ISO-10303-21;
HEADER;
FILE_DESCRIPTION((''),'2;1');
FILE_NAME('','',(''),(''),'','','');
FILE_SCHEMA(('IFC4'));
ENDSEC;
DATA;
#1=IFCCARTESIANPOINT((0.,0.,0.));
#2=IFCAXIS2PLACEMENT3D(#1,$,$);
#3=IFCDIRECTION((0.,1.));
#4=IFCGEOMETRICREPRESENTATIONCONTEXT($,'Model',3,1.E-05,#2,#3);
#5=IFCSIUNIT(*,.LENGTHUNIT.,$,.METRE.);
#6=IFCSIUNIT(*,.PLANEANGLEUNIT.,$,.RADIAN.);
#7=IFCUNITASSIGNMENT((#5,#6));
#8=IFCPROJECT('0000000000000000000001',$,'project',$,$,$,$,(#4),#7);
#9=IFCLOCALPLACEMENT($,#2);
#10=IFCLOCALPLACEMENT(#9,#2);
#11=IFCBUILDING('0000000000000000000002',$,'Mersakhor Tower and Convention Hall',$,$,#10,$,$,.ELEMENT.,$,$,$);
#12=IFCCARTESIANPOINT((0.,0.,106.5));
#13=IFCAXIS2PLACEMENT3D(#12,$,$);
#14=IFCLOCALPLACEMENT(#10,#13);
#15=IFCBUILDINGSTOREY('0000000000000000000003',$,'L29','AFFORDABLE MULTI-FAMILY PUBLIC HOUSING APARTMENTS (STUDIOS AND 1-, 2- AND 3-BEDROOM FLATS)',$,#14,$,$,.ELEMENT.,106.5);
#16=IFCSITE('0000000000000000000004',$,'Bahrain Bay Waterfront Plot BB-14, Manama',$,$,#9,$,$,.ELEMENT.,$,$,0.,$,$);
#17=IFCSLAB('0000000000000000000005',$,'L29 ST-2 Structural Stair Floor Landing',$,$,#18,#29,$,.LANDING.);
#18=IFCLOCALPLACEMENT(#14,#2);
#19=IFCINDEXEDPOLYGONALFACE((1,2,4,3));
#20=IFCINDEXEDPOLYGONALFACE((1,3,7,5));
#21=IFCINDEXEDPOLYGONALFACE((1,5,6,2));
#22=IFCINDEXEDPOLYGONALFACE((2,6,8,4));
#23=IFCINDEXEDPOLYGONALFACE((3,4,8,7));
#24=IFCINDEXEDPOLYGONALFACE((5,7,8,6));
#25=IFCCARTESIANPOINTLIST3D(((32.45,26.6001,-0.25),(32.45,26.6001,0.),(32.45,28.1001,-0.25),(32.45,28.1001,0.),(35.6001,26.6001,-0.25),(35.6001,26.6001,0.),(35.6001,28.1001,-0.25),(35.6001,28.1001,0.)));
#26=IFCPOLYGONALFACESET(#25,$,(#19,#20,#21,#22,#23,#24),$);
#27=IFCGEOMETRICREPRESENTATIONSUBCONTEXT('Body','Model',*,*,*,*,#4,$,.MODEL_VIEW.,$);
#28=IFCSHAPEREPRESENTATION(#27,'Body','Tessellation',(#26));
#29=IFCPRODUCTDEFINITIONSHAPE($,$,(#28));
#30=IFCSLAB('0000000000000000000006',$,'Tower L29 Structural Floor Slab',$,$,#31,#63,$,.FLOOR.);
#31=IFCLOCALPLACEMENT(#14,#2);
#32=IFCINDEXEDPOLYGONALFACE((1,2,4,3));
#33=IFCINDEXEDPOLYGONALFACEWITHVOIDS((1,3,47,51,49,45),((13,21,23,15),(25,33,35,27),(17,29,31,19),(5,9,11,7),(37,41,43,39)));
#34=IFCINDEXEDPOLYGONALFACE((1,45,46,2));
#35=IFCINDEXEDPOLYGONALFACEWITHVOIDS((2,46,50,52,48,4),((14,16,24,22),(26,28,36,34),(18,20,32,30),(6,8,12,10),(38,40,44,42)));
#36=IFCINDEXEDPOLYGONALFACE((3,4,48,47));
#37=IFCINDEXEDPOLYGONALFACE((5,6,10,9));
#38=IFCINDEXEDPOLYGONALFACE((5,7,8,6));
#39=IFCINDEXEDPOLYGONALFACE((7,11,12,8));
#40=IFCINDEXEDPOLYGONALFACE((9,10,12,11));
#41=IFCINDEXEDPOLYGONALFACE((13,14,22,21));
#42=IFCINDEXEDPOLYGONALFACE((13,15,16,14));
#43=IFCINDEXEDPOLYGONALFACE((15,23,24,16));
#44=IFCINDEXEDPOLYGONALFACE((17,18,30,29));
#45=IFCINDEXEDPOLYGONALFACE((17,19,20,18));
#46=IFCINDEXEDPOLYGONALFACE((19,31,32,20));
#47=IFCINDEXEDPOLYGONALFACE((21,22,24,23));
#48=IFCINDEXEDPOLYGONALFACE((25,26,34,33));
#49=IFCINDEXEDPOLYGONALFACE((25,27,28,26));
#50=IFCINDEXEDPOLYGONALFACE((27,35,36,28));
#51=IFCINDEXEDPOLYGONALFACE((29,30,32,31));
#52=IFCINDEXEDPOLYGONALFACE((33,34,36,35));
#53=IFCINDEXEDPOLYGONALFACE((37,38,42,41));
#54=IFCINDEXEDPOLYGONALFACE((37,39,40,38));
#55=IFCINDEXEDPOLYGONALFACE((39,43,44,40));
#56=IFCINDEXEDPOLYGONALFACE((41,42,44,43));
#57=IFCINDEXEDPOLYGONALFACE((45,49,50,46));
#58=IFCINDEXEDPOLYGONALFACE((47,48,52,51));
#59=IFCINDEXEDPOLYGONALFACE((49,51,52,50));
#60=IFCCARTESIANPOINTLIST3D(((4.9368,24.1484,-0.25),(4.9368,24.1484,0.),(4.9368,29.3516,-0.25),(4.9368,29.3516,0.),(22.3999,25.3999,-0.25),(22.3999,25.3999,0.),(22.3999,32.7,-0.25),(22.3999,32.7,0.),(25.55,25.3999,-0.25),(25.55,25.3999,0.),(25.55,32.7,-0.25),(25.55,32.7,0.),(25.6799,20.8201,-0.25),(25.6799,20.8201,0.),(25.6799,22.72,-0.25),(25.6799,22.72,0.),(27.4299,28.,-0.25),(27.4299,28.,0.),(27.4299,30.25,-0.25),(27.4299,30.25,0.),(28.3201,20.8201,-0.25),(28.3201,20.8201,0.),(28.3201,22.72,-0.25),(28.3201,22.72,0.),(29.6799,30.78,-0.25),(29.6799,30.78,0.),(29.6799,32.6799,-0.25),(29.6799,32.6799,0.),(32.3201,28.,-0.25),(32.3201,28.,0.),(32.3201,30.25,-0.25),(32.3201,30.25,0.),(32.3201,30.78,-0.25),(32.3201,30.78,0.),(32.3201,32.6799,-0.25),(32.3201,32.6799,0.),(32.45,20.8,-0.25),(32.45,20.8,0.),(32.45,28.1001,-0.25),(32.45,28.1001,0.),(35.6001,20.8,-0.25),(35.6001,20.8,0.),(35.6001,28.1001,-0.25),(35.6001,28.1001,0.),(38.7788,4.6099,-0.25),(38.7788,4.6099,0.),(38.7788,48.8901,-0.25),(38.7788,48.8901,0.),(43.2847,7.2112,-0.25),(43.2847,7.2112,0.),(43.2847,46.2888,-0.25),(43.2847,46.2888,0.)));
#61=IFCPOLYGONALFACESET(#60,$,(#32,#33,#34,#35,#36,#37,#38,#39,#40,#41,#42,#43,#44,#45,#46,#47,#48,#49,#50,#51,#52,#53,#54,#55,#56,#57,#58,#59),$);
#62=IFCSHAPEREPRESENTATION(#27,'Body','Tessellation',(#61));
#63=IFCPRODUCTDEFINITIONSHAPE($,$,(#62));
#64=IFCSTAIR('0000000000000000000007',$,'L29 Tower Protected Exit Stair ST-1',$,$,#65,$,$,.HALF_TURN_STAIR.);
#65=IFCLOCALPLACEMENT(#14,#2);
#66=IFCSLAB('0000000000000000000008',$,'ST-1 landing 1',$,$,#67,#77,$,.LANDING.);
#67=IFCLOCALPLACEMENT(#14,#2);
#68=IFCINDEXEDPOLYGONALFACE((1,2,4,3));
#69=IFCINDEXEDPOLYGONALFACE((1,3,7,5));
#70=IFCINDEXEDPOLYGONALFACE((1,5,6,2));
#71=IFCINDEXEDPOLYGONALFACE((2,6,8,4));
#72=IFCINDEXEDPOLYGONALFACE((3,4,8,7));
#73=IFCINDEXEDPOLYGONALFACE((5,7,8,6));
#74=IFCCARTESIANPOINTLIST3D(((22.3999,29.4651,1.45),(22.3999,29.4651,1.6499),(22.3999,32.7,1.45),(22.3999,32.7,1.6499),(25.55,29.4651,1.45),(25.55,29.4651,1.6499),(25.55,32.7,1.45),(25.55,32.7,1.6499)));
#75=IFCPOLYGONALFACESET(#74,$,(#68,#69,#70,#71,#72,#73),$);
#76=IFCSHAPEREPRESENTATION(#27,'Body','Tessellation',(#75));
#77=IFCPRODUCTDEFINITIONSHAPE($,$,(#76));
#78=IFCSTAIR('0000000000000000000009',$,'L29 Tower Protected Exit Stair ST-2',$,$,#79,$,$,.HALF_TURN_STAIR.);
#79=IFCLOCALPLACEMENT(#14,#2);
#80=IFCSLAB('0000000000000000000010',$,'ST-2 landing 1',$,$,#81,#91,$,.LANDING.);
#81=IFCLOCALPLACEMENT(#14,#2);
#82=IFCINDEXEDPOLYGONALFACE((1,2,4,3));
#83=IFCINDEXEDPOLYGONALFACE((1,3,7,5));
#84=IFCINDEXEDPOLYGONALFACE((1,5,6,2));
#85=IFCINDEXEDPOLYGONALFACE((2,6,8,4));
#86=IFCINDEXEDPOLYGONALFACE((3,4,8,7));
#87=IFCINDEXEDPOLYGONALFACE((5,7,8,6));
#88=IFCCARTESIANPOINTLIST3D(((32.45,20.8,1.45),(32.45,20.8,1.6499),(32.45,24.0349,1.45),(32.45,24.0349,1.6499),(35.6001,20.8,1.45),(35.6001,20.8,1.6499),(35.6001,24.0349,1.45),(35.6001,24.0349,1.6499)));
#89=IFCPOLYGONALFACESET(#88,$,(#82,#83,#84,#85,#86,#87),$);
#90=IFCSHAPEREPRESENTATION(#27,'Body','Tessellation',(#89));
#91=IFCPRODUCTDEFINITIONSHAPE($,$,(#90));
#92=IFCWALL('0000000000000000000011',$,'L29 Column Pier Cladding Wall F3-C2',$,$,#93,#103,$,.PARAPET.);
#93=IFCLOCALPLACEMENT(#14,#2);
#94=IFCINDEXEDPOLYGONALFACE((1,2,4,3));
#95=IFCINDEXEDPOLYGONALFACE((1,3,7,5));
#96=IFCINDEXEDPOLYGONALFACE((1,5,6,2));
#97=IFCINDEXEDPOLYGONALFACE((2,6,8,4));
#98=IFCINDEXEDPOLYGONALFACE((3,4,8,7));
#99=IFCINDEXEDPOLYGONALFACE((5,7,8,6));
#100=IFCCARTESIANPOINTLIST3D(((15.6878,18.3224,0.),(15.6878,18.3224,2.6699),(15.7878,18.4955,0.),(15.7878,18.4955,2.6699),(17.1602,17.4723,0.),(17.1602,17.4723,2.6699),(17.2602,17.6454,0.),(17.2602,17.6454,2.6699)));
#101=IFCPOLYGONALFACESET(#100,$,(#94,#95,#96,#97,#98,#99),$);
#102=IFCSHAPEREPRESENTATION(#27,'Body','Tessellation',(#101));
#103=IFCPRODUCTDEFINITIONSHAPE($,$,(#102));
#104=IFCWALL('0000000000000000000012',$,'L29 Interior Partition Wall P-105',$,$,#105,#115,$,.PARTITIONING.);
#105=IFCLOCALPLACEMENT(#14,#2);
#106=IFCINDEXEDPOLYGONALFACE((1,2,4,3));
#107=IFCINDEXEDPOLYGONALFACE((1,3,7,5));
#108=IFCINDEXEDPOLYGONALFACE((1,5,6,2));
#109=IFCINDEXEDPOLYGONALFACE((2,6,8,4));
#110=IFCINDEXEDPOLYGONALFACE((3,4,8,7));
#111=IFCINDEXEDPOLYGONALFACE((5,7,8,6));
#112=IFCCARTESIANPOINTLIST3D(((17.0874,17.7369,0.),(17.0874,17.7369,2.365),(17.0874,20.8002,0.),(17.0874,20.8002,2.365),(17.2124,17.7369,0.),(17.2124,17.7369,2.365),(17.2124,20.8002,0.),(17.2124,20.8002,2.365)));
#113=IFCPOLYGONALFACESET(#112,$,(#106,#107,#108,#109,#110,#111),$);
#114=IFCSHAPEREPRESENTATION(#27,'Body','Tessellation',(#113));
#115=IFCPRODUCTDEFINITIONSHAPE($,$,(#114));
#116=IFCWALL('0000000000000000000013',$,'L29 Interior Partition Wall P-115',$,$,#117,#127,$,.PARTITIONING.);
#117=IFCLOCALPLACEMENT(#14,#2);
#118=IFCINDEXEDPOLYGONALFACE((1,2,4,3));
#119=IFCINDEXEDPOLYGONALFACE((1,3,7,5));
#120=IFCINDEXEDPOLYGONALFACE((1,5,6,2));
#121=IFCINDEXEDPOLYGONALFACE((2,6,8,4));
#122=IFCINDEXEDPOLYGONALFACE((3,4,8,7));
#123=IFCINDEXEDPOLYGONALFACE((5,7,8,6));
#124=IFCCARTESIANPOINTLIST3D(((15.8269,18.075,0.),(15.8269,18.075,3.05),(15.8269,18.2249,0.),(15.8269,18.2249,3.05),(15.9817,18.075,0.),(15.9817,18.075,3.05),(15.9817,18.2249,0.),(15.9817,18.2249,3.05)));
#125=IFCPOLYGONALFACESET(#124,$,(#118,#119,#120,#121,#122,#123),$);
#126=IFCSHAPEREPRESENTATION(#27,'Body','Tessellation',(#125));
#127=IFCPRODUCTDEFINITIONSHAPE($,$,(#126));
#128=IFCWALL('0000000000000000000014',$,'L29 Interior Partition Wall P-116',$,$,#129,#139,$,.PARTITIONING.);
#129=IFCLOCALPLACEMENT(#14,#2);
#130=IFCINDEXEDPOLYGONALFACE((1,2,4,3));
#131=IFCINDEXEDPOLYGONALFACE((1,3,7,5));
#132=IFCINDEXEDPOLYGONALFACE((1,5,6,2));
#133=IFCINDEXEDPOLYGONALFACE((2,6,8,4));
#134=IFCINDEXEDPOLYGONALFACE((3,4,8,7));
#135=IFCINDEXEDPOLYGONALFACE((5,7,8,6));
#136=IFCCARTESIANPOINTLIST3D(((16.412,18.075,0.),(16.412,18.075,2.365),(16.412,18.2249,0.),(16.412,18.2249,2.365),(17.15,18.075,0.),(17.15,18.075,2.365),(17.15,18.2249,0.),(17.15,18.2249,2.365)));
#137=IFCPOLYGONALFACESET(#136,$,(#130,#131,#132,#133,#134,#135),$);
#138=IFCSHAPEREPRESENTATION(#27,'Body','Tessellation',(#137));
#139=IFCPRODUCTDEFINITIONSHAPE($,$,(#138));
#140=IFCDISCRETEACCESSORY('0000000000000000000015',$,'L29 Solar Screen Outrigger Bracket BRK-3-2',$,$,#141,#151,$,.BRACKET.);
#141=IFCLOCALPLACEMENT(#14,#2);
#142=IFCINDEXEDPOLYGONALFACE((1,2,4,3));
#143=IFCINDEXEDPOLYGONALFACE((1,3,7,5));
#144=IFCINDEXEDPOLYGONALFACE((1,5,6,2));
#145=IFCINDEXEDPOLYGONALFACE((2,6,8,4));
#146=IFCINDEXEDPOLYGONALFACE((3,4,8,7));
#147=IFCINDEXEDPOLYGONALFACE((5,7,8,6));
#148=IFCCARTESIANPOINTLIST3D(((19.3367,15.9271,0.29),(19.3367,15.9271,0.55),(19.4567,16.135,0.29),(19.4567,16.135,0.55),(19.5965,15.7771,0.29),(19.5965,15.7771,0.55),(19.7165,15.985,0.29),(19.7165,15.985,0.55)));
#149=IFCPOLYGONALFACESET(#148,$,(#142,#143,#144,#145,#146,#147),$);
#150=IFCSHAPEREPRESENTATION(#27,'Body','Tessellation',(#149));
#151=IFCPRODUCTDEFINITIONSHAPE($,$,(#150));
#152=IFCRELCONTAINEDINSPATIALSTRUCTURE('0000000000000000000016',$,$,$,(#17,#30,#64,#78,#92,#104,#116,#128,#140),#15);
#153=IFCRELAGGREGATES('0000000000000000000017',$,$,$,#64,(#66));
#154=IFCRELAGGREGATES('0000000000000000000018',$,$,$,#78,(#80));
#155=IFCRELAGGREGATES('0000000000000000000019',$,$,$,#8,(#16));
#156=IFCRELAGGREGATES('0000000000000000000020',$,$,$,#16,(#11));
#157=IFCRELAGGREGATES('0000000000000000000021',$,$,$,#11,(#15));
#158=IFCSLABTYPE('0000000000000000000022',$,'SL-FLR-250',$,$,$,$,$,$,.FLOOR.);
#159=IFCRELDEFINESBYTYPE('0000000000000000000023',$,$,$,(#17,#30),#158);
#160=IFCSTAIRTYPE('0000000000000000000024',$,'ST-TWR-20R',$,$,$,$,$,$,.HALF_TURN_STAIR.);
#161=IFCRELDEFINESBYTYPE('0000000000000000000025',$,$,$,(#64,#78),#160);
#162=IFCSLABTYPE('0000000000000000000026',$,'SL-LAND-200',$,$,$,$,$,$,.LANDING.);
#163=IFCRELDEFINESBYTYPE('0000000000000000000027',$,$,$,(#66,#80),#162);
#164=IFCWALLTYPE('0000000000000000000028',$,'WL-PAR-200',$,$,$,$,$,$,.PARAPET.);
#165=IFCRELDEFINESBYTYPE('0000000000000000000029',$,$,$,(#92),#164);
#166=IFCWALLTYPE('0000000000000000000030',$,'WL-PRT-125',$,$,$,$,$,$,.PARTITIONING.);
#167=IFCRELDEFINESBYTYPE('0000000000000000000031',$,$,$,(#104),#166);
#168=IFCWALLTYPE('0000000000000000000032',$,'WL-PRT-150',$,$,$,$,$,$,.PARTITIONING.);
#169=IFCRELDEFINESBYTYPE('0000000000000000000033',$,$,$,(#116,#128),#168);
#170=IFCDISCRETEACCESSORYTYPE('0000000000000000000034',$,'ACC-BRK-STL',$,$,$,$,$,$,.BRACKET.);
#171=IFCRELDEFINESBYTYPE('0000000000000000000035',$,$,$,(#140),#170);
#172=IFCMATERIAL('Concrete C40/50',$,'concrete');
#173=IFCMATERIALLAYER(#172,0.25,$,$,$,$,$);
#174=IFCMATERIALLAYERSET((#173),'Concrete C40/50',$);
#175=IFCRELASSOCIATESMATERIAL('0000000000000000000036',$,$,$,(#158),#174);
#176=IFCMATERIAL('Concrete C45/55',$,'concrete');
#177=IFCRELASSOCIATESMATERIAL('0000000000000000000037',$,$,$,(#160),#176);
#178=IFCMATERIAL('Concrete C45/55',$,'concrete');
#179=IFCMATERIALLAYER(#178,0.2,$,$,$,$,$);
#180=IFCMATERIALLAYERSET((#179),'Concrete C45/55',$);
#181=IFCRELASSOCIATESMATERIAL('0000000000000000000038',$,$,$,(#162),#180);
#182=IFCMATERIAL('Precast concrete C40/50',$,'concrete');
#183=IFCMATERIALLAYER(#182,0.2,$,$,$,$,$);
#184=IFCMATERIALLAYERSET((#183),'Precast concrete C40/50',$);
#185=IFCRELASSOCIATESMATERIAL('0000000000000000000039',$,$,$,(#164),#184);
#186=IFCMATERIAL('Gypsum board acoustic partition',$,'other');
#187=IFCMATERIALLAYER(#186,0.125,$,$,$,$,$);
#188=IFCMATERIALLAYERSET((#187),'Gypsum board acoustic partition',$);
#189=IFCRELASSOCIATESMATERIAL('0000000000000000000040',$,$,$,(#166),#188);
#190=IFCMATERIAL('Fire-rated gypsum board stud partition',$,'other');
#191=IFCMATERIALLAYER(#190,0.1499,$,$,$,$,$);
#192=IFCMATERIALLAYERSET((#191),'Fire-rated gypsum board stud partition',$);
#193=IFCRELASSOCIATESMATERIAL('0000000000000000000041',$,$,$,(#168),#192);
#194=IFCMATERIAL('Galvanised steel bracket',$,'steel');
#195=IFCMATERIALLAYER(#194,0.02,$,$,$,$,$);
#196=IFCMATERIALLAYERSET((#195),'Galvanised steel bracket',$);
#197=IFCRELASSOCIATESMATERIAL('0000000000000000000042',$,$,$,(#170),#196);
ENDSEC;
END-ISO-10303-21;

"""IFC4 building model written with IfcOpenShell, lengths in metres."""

from ifc_helpers import new_model, si_unit, direction, frame, frame_2d, origin, origin_2d, place, context, subcontext, project, spatial, polyline, rectangle, outline, extrude, material, layer, layer_set, type_object, element, aggregate, save


model = new_model("IFC4")

# Units and contexts
model_context = context("Model", 3, precision=1e-05, world=origin(), true_north=direction((0.0, 1.0)))
body_context = subcontext(model_context, "Body", "Model", "MODEL_VIEW")
ifc_project = project(units=[si_unit("LENGTHUNIT", "METRE"), si_unit("PLANEANGLEUNIT", "RADIAN")], contexts=[model_context])

# Site, building, storey
site_placement = place(None, origin())
site = spatial("IfcSite", under=ifc_project, at=site_placement, Name="Bahrain Bay Waterfront Plot BB-14, Manama", CompositionType="ELEMENT", RefElevation=0.0)
building_placement = place(site_placement, origin())
building = spatial("IfcBuilding", under=site, at=building_placement, Name="Mersakhor Tower and Convention Hall", CompositionType="ELEMENT")
storey_placement = place(building_placement, frame((0.0, 0.0, 106.5)))
storey = spatial("IfcBuildingStorey", under=building, at=storey_placement, Name="L29", Description="AFFORDABLE MULTI-FAMILY PUBLIC HOUSING APARTMENTS (STUDIOS AND 1-, 2- AND 3-BEDROOM FLATS)", CompositionType="ELEMENT", Elevation=106.5)

# Slabs
ifc_material_1 = material(Name="Concrete C40/50", Category="concrete")
ifc_layer_1 = layer(ifc_material_1, 0.25)
ifc_layer_set_1 = layer_set([ifc_layer_1], Name="Concrete C40/50")
slab_type_1 = type_object("IfcSlabType", Name="SL-FLR-250", PredefinedType="FLOOR", material=ifc_layer_set_1)
slab_1_placement = place(storey_placement, frame((0.0, 0.0, -0.25)))
element("IfcSlab", 1, at=slab_1_placement, inside=storey, type_object=slab_type_1, Name="L29 ST-2 Structural Stair Floor Landing", PredefinedType="LANDING", context=body_context, shape_type="SweptSolid", body=[
    extrude(outline(polyline([(32.45, 28.1001), (32.45, 26.6001), (35.6001, 26.6001), (35.6001, 28.1001), (32.45, 28.1001)])), origin(), (0.0, 0.0, 1.0), 0.25),
])
slab_2_placement = place(storey_placement, frame((0.0, 0.0, -0.25)))
element("IfcSlab", 2, at=slab_2_placement, inside=storey, type_object=slab_type_1, Name="Tower L29 Structural Floor Slab", PredefinedType="FLOOR", context=body_context, shape_type="SweptSolid", body=[
    extrude(outline(polyline([(4.9368, 29.3516), (38.7788, 48.8901), (43.2847, 46.2888), (43.2847, 7.2112), (38.7788, 4.6099), (4.9368, 24.1484), (4.9368, 29.3516)]), holes=[polyline([(25.55, 25.3999), (25.55, 32.7), (22.3999, 32.7), (22.3999, 25.3999), (25.55, 25.3999)]), polyline([(32.45, 28.1001), (32.45, 20.8), (35.6001, 20.8), (35.6001, 28.1001), (32.45, 28.1001)]), polyline([(25.6799, 20.8201), (25.6799, 22.72), (28.3201, 22.72), (28.3201, 20.8201), (25.6799, 20.8201)]), polyline([(29.6799, 30.78), (29.6799, 32.6799), (32.3201, 32.6799), (32.3201, 30.78), (29.6799, 30.78)]), polyline([(27.4299, 28.0), (27.4299, 30.25), (32.3201, 30.25), (32.3201, 28.0), (27.4299, 28.0)])]), origin(), (0.0, 0.0, 1.0), 0.25),
])

# Stairs, slabs
ifc_material_2 = material(Name="Concrete C45/55", Category="concrete")
stair_type = type_object("IfcStairType", Name="ST-TWR-20R", PredefinedType="HALF_TURN_STAIR", material=ifc_material_2)
stair_1_placement = place(storey_placement, origin())
stair_1 = element("IfcStair", 3, at=stair_1_placement, inside=storey, type_object=stair_type, Name="L29 Tower Protected Exit Stair ST-1", PredefinedType="HALF_TURN_STAIR")
ifc_material_3 = material(Name="Concrete C45/55", Category="concrete")
ifc_layer_2 = layer(ifc_material_3, 0.2)
ifc_layer_set_2 = layer_set([ifc_layer_2], Name="Concrete C45/55")
slab_type_2 = type_object("IfcSlabType", Name="SL-LAND-200", PredefinedType="LANDING", material=ifc_layer_set_2)
slab_3_placement = place(storey_placement, frame((0.0, 0.0, 1.45)))
slab_3 = element("IfcSlab", 4, at=slab_3_placement, type_object=slab_type_2, Name="ST-1 landing 1", PredefinedType="LANDING", context=body_context, shape_type="SweptSolid", body=[
    extrude(outline(polyline([(25.55, 29.4651), (25.55, 32.7), (22.3999, 32.7), (22.3999, 29.4651), (25.55, 29.4651)])), origin(), (0.0, 0.0, 1.0), 0.2),
])
aggregate(stair_1, [slab_3])
stair_2_placement = place(storey_placement, origin())
stair_2 = element("IfcStair", 5, at=stair_2_placement, inside=storey, type_object=stair_type, Name="L29 Tower Protected Exit Stair ST-2", PredefinedType="HALF_TURN_STAIR")
slab_4_placement = place(storey_placement, frame((0.0, 0.0, 1.45)))
slab_4 = element("IfcSlab", 6, at=slab_4_placement, type_object=slab_type_2, Name="ST-2 landing 1", PredefinedType="LANDING", context=body_context, shape_type="SweptSolid", body=[
    extrude(outline(polyline([(32.45, 24.0349), (32.45, 20.8), (35.6001, 20.8), (35.6001, 24.0349), (32.45, 24.0349)])), origin(), (0.0, 0.0, 1.0), 0.2),
])
aggregate(stair_2, [slab_4])

# Walls
ifc_material_4 = material(Name="Precast concrete C40/50", Category="concrete")
ifc_layer_3 = layer(ifc_material_4, 0.2)
ifc_layer_set_3 = layer_set([ifc_layer_3], Name="Precast concrete C40/50")
wall_type_1 = type_object("IfcWallType", Name="WL-PAR-200", PredefinedType="PARAPET", material=ifc_layer_set_3)
wall_1_placement = place(storey_placement, frame((17.2102, 17.5588, 0.0), z_axis=(0.0, 0.0, 1.0), x_axis=(-0.866025, 0.5, 0.0)))
element("IfcWall", 7, at=wall_1_placement, inside=storey, type_object=wall_type_1, Name="L29 Column Pier Cladding Wall F3-C2", PredefinedType="PARAPET", context=body_context, shape_type="SweptSolid", body=[
    extrude(rectangle(XDim=1.7002, YDim=0.2, at=frame_2d((0.8501, 0.0))), origin(), (0.0, 0.0, 1.0), 2.6699),
])
ifc_material_5 = material(Name="Gypsum board acoustic partition", Category="other")
ifc_layer_4 = layer(ifc_material_5, 0.125)
ifc_layer_set_4 = layer_set([ifc_layer_4], Name="Gypsum board acoustic partition")
wall_type_2 = type_object("IfcWallType", Name="WL-PRT-125", PredefinedType="PARTITIONING", material=ifc_layer_set_4)
wall_2_placement = place(storey_placement, frame((17.1499, 17.7368, 0.0), z_axis=(0.0, 0.0, 1.0), x_axis=(0.0, 1.0, 0.0)))
element("IfcWall", 8, at=wall_2_placement, inside=storey, type_object=wall_type_2, Name="L29 Interior Partition Wall P-105", PredefinedType="PARTITIONING", context=body_context, shape_type="SweptSolid", body=[
    extrude(rectangle(XDim=3.0632, YDim=0.125, at=frame_2d((1.5317, 0.0))), origin(), (0.0, 0.0, 1.0), 2.365),
])
ifc_material_6 = material(Name="Fire-rated gypsum board stud partition", Category="other")
ifc_layer_5 = layer(ifc_material_6, 0.1499)
ifc_layer_set_5 = layer_set([ifc_layer_5], Name="Fire-rated gypsum board stud partition")
wall_type_3 = type_object("IfcWallType", Name="WL-PRT-150", PredefinedType="PARTITIONING", material=ifc_layer_set_5)
wall_3_placement = place(storey_placement, frame((15.8269, 18.1499, 0.0), z_axis=(0.0, 0.0, 1.0), x_axis=(1.0, 0.0, 0.0)))
element("IfcWall", 9, at=wall_3_placement, inside=storey, type_object=wall_type_3, Name="L29 Interior Partition Wall P-115", PredefinedType="PARTITIONING", context=body_context, shape_type="SweptSolid", body=[
    extrude(rectangle(XDim=0.1548, YDim=0.1499, at=frame_2d((0.0774, 0.0))), origin(), (0.0, 0.0, 1.0), 3.05),
])
wall_4_placement = place(storey_placement, frame((16.4119, 18.1499, 0.0), z_axis=(0.0, 0.0, 1.0), x_axis=(1.0, 0.0, 0.0)))
element("IfcWall", 10, at=wall_4_placement, inside=storey, type_object=wall_type_3, Name="L29 Interior Partition Wall P-116", PredefinedType="PARTITIONING", context=body_context, shape_type="SweptSolid", body=[
    extrude(rectangle(XDim=0.738, YDim=0.1499, at=frame_2d((0.3691, 0.0))), origin(), (0.0, 0.0, 1.0), 2.365),
])

# Discrete accessory
ifc_material_7 = material(Name="Galvanised steel bracket", Category="steel")
ifc_layer_6 = layer(ifc_material_7, 0.02)
ifc_layer_set_6 = layer_set([ifc_layer_6], Name="Galvanised steel bracket")
discrete_accessory_type = type_object("IfcDiscreteAccessoryType", Name="ACC-BRK-STL", PredefinedType="BRACKET", material=ifc_layer_set_6)
discrete_accessory_placement = place(storey_placement, frame((19.5266, 15.9561, 0.29), z_axis=(0.0, 0.0, 1.0), x_axis=(-0.866025, 0.5, 0.0)))
element("IfcDiscreteAccessory", 11, at=discrete_accessory_placement, inside=storey, type_object=discrete_accessory_type, Name="L29 Solar Screen Outrigger Bracket BRK-3-2", PredefinedType="BRACKET", context=body_context, shape_type="SweptSolid", body=[
    extrude(rectangle(XDim=0.3, YDim=0.24, at=origin_2d()), origin(), (0.0, 0.0, 1.0), 0.26),
])

save(model, "model.ifc")
